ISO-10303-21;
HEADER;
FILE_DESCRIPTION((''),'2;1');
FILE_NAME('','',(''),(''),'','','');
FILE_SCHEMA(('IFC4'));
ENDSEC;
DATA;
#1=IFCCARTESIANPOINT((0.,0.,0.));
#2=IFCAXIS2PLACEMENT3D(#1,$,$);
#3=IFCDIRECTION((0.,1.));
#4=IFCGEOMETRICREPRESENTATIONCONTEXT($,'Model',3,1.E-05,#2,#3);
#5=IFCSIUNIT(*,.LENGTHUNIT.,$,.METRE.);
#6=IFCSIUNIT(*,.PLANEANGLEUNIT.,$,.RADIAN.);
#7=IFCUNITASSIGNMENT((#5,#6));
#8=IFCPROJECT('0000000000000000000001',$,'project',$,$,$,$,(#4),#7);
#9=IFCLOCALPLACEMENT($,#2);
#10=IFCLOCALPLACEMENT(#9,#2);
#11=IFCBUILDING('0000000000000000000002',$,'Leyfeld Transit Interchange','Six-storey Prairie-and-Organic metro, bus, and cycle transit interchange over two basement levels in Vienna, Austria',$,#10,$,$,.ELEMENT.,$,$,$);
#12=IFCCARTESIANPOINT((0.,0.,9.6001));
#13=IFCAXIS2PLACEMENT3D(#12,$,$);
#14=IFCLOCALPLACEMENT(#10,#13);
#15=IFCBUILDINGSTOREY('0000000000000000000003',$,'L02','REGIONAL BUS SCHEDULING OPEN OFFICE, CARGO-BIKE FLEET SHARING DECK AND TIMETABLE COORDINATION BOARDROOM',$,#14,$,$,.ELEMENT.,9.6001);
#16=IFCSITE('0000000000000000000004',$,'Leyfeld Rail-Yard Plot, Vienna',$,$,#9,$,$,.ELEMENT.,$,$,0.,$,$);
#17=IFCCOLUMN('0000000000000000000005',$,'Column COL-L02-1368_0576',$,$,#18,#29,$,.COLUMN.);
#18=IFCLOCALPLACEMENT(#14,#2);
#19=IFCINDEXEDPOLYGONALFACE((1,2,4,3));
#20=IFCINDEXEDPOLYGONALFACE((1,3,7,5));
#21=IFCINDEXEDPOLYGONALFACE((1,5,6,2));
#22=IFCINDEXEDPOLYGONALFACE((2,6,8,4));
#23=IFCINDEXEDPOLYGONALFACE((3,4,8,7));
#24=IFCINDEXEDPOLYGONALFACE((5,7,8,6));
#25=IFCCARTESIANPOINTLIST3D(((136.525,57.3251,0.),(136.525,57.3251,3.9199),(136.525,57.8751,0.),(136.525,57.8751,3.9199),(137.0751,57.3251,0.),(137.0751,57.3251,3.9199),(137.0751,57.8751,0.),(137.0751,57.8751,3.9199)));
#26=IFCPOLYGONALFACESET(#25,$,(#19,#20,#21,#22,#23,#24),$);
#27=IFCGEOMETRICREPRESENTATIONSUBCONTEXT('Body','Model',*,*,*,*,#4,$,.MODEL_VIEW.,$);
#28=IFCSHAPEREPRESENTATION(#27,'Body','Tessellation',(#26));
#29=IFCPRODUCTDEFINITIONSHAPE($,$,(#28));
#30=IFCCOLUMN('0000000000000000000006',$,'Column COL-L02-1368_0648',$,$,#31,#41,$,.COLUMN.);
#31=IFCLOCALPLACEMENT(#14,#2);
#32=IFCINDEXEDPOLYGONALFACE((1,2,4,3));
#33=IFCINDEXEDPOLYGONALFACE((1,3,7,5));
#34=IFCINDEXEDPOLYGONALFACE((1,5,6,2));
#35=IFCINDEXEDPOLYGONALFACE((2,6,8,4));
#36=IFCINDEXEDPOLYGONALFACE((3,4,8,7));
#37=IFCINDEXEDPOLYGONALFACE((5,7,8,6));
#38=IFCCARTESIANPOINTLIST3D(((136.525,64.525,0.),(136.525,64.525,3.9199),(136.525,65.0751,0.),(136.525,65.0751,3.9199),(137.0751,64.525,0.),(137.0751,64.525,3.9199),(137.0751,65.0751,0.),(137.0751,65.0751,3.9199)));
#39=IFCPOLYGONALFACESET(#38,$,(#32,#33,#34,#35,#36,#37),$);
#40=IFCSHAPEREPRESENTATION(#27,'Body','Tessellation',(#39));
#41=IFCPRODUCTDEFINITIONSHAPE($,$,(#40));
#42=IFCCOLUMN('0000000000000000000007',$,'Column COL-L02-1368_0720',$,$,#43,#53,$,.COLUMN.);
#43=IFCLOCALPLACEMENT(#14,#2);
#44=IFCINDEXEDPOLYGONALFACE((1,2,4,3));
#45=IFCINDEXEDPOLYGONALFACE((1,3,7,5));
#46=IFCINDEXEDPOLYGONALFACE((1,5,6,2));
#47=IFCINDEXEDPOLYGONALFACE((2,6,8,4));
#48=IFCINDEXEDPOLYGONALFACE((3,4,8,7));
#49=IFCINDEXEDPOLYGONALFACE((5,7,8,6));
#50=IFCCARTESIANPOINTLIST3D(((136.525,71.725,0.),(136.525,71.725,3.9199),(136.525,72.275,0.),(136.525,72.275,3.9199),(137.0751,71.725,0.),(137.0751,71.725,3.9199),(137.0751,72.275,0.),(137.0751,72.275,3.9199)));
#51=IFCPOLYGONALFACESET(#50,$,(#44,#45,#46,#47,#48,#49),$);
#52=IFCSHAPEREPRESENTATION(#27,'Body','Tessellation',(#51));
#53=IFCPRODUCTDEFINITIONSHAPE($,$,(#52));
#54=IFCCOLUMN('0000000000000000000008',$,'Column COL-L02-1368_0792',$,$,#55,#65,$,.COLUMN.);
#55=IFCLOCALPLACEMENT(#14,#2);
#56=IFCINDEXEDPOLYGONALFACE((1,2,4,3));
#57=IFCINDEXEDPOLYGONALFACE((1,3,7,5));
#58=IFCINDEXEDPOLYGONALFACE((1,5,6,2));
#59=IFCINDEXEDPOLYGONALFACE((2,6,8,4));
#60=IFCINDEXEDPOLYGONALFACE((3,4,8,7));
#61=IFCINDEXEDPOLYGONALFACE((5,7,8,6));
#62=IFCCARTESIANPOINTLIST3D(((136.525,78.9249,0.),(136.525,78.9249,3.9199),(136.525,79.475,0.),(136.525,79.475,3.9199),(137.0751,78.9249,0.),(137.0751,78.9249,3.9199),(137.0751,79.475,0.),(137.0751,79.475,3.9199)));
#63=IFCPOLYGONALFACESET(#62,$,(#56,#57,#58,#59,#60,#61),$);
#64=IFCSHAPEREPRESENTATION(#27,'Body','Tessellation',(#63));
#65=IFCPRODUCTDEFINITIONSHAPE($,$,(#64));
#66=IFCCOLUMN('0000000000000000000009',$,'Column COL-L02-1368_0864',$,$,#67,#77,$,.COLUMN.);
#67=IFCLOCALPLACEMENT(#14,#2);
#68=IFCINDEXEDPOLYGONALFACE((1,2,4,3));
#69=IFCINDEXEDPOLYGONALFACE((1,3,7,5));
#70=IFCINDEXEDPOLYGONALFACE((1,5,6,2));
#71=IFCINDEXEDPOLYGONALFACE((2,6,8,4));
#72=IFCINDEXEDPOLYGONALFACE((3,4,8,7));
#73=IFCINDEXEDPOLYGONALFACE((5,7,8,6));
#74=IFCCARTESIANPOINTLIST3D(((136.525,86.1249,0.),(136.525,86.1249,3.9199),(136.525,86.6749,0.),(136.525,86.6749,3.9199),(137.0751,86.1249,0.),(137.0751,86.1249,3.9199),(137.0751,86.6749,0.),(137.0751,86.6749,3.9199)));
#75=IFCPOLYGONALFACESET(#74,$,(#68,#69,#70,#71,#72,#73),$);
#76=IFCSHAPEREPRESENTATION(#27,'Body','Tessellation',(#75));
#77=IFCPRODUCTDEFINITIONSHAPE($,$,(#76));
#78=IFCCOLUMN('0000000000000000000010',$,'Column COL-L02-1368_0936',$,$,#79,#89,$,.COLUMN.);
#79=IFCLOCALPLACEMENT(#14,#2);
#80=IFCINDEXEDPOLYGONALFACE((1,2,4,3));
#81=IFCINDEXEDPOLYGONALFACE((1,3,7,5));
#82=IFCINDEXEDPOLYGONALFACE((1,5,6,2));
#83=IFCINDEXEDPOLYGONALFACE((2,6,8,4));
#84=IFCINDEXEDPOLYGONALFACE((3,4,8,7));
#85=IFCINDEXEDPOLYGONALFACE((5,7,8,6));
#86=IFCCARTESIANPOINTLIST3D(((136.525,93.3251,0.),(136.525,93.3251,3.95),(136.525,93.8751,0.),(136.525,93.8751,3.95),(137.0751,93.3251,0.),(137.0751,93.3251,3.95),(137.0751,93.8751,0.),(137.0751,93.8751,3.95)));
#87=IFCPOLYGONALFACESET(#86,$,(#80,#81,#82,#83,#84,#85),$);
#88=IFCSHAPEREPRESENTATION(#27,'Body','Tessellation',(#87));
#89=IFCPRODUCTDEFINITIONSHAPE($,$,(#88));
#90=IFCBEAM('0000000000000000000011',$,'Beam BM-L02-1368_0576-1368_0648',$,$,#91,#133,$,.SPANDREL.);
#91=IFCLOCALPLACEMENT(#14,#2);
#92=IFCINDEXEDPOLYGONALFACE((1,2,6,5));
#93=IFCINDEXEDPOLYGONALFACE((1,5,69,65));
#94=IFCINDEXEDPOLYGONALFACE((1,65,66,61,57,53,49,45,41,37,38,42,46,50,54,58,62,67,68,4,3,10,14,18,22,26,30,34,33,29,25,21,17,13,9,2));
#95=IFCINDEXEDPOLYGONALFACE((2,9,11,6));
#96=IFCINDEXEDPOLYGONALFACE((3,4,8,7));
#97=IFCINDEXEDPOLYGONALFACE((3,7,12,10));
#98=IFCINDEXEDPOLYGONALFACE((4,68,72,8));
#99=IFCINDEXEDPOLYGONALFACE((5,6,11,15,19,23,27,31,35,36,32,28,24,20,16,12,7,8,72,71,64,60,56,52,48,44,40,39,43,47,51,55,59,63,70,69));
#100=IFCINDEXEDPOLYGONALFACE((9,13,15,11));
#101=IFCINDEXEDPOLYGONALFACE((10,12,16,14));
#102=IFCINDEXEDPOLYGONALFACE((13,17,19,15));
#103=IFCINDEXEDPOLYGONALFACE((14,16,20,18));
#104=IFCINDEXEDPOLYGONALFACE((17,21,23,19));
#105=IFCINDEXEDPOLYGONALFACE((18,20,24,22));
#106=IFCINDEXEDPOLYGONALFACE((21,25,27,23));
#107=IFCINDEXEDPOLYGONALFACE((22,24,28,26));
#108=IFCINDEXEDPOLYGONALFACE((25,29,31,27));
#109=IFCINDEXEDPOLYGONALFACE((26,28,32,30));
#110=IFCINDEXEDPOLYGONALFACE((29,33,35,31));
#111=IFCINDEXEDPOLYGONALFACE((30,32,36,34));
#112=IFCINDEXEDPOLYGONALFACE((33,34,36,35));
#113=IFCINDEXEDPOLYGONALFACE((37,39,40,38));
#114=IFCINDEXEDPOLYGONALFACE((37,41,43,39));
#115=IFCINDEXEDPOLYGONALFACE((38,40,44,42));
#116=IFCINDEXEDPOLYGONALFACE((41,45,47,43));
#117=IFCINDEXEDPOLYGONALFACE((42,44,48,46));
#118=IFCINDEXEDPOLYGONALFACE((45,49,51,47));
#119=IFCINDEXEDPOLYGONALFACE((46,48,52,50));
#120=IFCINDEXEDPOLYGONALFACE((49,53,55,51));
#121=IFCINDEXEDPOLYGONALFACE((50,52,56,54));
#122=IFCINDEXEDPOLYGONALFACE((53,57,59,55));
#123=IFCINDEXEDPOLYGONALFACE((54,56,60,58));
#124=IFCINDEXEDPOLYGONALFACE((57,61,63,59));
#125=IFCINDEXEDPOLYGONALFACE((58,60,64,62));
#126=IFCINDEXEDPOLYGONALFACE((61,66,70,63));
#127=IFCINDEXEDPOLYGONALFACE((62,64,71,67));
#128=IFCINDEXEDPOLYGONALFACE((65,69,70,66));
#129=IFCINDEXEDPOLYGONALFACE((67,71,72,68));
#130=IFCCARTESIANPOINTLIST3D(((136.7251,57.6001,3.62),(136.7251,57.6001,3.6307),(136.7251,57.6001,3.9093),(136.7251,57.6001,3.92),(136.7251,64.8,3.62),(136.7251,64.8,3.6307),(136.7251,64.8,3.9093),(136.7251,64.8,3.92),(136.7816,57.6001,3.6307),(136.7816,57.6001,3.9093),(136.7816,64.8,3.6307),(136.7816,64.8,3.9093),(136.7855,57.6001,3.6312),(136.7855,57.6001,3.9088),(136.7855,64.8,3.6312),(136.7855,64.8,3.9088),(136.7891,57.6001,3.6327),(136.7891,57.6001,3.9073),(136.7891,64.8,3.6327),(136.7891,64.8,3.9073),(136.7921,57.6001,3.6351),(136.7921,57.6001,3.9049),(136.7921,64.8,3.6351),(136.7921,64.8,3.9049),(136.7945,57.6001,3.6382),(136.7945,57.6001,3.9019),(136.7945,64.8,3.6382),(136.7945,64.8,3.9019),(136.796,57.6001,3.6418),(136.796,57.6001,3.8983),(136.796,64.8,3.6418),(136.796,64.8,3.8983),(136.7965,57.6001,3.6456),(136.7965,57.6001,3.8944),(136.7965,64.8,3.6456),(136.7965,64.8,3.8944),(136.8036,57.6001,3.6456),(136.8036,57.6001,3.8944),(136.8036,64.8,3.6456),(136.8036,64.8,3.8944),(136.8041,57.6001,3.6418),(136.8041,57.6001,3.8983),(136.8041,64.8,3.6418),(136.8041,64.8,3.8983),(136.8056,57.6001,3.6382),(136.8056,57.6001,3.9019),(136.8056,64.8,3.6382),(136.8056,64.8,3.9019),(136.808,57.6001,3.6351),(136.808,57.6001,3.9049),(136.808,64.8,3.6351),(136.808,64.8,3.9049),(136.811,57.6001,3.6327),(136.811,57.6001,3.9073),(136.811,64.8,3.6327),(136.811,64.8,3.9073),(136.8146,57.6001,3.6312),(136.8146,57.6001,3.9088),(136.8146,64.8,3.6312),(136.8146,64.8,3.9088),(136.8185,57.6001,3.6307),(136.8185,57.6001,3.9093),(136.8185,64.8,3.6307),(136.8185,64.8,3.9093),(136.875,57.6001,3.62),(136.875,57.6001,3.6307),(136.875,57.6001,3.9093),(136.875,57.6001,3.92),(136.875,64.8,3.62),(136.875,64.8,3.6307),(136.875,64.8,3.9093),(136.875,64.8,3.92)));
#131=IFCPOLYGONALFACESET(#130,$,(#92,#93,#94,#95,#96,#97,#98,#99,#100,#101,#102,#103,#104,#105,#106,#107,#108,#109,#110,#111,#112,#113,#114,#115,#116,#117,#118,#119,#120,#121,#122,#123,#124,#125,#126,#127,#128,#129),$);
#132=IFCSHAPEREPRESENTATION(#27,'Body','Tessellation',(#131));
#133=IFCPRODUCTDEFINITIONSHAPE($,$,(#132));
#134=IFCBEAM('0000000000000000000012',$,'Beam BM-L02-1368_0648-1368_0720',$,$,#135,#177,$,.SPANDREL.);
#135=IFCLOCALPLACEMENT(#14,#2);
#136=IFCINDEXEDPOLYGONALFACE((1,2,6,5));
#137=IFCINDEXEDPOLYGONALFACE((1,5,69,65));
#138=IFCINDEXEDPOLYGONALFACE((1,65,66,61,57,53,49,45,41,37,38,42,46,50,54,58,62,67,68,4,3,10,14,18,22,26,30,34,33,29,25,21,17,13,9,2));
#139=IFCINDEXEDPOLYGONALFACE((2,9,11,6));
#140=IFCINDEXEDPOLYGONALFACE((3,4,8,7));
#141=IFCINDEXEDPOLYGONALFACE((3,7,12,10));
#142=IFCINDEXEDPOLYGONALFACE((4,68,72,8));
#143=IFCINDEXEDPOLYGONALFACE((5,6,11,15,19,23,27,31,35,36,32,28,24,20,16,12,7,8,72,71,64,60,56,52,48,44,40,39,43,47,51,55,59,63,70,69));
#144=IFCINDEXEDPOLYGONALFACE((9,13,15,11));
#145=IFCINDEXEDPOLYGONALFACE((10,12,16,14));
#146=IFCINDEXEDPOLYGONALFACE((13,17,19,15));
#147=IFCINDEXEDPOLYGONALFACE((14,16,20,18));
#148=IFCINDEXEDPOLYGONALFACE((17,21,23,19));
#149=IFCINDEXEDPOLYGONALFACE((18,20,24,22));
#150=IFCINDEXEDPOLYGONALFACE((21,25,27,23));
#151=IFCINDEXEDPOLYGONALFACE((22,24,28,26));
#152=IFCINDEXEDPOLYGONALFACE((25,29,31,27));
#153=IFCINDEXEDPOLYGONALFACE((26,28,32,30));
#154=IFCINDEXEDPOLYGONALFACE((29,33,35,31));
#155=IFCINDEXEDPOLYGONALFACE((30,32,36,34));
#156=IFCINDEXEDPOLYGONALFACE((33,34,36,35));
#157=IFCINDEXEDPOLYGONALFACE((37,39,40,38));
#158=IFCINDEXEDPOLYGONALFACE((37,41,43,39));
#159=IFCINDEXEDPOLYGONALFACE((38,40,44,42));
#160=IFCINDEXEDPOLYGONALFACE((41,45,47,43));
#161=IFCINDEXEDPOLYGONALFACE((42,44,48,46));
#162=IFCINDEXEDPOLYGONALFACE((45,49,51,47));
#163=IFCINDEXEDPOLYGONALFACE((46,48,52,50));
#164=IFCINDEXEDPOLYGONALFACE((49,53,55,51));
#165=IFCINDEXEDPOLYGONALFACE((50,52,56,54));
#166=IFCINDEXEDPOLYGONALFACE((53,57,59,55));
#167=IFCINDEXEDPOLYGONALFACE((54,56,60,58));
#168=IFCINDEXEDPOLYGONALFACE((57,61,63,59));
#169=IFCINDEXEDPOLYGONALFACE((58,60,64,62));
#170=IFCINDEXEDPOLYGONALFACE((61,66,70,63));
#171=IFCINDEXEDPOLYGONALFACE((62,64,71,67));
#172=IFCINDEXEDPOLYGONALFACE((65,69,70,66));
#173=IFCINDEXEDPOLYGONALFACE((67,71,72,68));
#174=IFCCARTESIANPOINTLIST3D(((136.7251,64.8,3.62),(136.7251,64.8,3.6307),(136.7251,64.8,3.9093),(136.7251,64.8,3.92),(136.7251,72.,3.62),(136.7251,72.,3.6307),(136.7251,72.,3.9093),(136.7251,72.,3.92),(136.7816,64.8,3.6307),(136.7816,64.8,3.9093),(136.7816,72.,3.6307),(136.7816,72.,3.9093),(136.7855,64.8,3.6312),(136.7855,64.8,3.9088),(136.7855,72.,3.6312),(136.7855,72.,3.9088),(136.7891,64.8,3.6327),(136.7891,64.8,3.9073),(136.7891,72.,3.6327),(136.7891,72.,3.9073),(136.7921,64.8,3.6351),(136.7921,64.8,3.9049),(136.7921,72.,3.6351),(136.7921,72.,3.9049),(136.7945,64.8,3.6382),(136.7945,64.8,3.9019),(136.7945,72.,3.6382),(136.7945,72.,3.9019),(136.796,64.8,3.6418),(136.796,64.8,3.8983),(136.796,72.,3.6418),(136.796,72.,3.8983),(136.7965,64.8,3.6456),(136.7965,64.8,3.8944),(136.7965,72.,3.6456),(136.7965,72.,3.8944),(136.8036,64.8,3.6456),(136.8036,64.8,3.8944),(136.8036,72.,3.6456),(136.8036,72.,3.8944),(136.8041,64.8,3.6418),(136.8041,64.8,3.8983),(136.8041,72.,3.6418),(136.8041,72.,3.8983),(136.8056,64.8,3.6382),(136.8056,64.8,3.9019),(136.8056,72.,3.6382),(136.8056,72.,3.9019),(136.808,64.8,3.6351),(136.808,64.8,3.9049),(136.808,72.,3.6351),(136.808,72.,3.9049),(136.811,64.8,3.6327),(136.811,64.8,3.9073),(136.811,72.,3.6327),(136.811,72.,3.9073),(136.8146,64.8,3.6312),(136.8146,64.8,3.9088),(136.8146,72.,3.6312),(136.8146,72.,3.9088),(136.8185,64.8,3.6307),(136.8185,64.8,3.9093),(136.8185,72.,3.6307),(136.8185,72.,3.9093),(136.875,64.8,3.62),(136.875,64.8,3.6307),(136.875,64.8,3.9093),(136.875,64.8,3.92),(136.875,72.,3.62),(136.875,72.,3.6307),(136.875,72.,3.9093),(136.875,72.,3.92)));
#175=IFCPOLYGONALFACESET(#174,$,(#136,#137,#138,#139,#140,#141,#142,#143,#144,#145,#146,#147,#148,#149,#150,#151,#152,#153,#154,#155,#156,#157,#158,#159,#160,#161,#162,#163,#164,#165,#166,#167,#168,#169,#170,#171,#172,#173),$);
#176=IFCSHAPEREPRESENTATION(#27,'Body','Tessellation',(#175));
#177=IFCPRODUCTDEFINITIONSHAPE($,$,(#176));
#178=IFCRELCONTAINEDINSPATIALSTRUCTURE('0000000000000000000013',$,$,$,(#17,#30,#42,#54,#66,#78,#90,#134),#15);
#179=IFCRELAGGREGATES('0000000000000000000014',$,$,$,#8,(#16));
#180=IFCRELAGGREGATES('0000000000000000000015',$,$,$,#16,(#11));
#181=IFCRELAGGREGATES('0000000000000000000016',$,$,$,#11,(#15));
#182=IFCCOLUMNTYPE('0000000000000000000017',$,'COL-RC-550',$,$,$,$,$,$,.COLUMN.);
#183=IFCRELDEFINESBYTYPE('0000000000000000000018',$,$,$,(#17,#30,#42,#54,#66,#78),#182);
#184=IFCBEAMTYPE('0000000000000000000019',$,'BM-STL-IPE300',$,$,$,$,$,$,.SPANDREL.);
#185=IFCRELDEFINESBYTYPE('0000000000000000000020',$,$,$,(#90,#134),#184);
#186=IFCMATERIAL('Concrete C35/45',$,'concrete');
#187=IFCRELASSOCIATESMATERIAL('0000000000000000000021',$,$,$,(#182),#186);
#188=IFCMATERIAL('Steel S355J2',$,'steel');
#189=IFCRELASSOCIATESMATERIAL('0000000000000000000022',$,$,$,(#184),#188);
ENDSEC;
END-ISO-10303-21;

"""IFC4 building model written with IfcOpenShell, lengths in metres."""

from ifc_helpers import new_model, si_unit, direction, frame, origin, origin_2d, place, context, subcontext, project, spatial, rectangle, i_section, extrude, material, material_profile, profile_set, type_object, element, save


model = new_model("IFC4")

# Units and contexts
model_context = context("Model", 3, precision=1e-05, world=origin(), true_north=direction((0.0, 1.0)))
body_context = subcontext(model_context, "Body", "Model", "MODEL_VIEW")
ifc_project = project(units=[si_unit("LENGTHUNIT", "METRE"), si_unit("PLANEANGLEUNIT", "RADIAN")], contexts=[model_context])

# Site, building, storey
site_placement = place(None, origin())
site = spatial("IfcSite", under=ifc_project, at=site_placement, Name="Leyfeld Rail-Yard Plot, Vienna", CompositionType="ELEMENT", RefElevation=0.0)
building_placement = place(site_placement, origin())
building = spatial("IfcBuilding", under=site, at=building_placement, Name="Leyfeld Transit Interchange", Description="Six-storey Prairie-and-Organic metro, bus, and cycle transit interchange over two basement levels in Vienna, Austria", CompositionType="ELEMENT")
storey_placement = place(building_placement, frame((0.0, 0.0, 9.6001)))
storey = spatial("IfcBuildingStorey", under=building, at=storey_placement, Name="L02", Description="REGIONAL BUS SCHEDULING OPEN OFFICE, CARGO-BIKE FLEET SHARING DECK AND TIMETABLE COORDINATION BOARDROOM", CompositionType="ELEMENT", Elevation=9.6001)

# Columns
ifc_material_1 = material(Name="Concrete C35/45", Category="concrete")
ifc_material_profile_1 = material_profile(ifc_material_1, rectangle(XDim=0.55, YDim=0.55, at=origin_2d()), Name="RC 550x550")
ifc_profile_set_1 = profile_set([ifc_material_profile_1], Name="Concrete C35/45")
column_type = type_object("IfcColumnType", Name="COL-RC-550", PredefinedType="COLUMN", material=ifc_profile_set_1)
for number, where, z_axis, x_axis, name in (
    (1, (136.8, 57.6001, 0.0), (0.0, 0.0, 1.0), (1.0, 0.0, 0.0), "Column COL-L02-1368_0576"),
    (2, (136.8, 64.8, 0.0), (0.0, 0.0, 1.0), (1.0, 0.0, 0.0), "Column COL-L02-1368_0648"),
    (3, (136.8, 72.0, 0.0), (0.0, 0.0, 1.0), (1.0, 0.0, 0.0), "Column COL-L02-1368_0720"),
    (4, (136.8, 79.2, 0.0), (0.0, 0.0, 1.0), (1.0, 0.0, 0.0), "Column COL-L02-1368_0792"),
    (5, (136.8, 86.3999, 0.0), (0.0, 0.0, 1.0), (1.0, 0.0, 0.0), "Column COL-L02-1368_0864"),
):
    element("IfcColumn", number, at=place(storey_placement, frame(where, z_axis=z_axis, x_axis=x_axis)), inside=storey, type_object=column_type, Name=name, PredefinedType="COLUMN", context=body_context, shape_type="SweptSolid", body=[
        extrude(rectangle(XDim=0.55, YDim=0.55, at=origin_2d()), origin(), (0.0, 0.0, 1.0), 3.9199),
    ])
column_placement = place(storey_placement, frame((136.8, 93.6001, 0.0), z_axis=(0.0, 0.0, 1.0), x_axis=(1.0, 0.0, 0.0)))
element("IfcColumn", 6, at=column_placement, inside=storey, type_object=column_type, Name="Column COL-L02-1368_0936", PredefinedType="COLUMN", context=body_context, shape_type="SweptSolid", body=[
    extrude(rectangle(XDim=0.55, YDim=0.55, at=origin_2d()), origin(), (0.0, 0.0, 1.0), 3.95),
])

# Beams
ifc_material_2 = material(Name="Steel S355J2", Category="steel")
ifc_material_profile_2 = material_profile(ifc_material_2, i_section(OverallWidth=0.1499, OverallDepth=0.3, WebThickness=0.0071, FlangeThickness=0.0107, FilletRadius=0.0149, at=origin_2d()), Name="IPE 300")
ifc_profile_set_2 = profile_set([ifc_material_profile_2], Name="Steel S355J2")
beam_type_1 = type_object("IfcBeamType", Name="BM-STL-IPE300", PredefinedType="SPANDREL", material=ifc_profile_set_2)
for number, where, z_axis, x_axis, name in (
    (7, (136.8, 57.6001, 3.77), (0.0, 1.0, 0.0), (-1.0, 0.0, 0.0), "Beam BM-L02-1368_0576-1368_0648"),
    (8, (136.8, 64.8, 3.77), (0.0, 1.0, 0.0), (-1.0, 0.0, 0.0), "Beam BM-L02-1368_0648-1368_0720"),
):
    element("IfcBeam", number, at=place(storey_placement, frame(where, z_axis=z_axis, x_axis=x_axis)), inside=storey, type_object=beam_type_1, Name=name, PredefinedType="SPANDREL", context=body_context, shape_type="SweptSolid", body=[
        extrude(i_section(OverallWidth=0.1499, OverallDepth=0.3, WebThickness=0.0071, FlangeThickness=0.0107, FilletRadius=0.0149, at=origin_2d()), origin(), (0.0, 0.0, 1.0), 7.2),
    ])

save(model, "model.ifc")
